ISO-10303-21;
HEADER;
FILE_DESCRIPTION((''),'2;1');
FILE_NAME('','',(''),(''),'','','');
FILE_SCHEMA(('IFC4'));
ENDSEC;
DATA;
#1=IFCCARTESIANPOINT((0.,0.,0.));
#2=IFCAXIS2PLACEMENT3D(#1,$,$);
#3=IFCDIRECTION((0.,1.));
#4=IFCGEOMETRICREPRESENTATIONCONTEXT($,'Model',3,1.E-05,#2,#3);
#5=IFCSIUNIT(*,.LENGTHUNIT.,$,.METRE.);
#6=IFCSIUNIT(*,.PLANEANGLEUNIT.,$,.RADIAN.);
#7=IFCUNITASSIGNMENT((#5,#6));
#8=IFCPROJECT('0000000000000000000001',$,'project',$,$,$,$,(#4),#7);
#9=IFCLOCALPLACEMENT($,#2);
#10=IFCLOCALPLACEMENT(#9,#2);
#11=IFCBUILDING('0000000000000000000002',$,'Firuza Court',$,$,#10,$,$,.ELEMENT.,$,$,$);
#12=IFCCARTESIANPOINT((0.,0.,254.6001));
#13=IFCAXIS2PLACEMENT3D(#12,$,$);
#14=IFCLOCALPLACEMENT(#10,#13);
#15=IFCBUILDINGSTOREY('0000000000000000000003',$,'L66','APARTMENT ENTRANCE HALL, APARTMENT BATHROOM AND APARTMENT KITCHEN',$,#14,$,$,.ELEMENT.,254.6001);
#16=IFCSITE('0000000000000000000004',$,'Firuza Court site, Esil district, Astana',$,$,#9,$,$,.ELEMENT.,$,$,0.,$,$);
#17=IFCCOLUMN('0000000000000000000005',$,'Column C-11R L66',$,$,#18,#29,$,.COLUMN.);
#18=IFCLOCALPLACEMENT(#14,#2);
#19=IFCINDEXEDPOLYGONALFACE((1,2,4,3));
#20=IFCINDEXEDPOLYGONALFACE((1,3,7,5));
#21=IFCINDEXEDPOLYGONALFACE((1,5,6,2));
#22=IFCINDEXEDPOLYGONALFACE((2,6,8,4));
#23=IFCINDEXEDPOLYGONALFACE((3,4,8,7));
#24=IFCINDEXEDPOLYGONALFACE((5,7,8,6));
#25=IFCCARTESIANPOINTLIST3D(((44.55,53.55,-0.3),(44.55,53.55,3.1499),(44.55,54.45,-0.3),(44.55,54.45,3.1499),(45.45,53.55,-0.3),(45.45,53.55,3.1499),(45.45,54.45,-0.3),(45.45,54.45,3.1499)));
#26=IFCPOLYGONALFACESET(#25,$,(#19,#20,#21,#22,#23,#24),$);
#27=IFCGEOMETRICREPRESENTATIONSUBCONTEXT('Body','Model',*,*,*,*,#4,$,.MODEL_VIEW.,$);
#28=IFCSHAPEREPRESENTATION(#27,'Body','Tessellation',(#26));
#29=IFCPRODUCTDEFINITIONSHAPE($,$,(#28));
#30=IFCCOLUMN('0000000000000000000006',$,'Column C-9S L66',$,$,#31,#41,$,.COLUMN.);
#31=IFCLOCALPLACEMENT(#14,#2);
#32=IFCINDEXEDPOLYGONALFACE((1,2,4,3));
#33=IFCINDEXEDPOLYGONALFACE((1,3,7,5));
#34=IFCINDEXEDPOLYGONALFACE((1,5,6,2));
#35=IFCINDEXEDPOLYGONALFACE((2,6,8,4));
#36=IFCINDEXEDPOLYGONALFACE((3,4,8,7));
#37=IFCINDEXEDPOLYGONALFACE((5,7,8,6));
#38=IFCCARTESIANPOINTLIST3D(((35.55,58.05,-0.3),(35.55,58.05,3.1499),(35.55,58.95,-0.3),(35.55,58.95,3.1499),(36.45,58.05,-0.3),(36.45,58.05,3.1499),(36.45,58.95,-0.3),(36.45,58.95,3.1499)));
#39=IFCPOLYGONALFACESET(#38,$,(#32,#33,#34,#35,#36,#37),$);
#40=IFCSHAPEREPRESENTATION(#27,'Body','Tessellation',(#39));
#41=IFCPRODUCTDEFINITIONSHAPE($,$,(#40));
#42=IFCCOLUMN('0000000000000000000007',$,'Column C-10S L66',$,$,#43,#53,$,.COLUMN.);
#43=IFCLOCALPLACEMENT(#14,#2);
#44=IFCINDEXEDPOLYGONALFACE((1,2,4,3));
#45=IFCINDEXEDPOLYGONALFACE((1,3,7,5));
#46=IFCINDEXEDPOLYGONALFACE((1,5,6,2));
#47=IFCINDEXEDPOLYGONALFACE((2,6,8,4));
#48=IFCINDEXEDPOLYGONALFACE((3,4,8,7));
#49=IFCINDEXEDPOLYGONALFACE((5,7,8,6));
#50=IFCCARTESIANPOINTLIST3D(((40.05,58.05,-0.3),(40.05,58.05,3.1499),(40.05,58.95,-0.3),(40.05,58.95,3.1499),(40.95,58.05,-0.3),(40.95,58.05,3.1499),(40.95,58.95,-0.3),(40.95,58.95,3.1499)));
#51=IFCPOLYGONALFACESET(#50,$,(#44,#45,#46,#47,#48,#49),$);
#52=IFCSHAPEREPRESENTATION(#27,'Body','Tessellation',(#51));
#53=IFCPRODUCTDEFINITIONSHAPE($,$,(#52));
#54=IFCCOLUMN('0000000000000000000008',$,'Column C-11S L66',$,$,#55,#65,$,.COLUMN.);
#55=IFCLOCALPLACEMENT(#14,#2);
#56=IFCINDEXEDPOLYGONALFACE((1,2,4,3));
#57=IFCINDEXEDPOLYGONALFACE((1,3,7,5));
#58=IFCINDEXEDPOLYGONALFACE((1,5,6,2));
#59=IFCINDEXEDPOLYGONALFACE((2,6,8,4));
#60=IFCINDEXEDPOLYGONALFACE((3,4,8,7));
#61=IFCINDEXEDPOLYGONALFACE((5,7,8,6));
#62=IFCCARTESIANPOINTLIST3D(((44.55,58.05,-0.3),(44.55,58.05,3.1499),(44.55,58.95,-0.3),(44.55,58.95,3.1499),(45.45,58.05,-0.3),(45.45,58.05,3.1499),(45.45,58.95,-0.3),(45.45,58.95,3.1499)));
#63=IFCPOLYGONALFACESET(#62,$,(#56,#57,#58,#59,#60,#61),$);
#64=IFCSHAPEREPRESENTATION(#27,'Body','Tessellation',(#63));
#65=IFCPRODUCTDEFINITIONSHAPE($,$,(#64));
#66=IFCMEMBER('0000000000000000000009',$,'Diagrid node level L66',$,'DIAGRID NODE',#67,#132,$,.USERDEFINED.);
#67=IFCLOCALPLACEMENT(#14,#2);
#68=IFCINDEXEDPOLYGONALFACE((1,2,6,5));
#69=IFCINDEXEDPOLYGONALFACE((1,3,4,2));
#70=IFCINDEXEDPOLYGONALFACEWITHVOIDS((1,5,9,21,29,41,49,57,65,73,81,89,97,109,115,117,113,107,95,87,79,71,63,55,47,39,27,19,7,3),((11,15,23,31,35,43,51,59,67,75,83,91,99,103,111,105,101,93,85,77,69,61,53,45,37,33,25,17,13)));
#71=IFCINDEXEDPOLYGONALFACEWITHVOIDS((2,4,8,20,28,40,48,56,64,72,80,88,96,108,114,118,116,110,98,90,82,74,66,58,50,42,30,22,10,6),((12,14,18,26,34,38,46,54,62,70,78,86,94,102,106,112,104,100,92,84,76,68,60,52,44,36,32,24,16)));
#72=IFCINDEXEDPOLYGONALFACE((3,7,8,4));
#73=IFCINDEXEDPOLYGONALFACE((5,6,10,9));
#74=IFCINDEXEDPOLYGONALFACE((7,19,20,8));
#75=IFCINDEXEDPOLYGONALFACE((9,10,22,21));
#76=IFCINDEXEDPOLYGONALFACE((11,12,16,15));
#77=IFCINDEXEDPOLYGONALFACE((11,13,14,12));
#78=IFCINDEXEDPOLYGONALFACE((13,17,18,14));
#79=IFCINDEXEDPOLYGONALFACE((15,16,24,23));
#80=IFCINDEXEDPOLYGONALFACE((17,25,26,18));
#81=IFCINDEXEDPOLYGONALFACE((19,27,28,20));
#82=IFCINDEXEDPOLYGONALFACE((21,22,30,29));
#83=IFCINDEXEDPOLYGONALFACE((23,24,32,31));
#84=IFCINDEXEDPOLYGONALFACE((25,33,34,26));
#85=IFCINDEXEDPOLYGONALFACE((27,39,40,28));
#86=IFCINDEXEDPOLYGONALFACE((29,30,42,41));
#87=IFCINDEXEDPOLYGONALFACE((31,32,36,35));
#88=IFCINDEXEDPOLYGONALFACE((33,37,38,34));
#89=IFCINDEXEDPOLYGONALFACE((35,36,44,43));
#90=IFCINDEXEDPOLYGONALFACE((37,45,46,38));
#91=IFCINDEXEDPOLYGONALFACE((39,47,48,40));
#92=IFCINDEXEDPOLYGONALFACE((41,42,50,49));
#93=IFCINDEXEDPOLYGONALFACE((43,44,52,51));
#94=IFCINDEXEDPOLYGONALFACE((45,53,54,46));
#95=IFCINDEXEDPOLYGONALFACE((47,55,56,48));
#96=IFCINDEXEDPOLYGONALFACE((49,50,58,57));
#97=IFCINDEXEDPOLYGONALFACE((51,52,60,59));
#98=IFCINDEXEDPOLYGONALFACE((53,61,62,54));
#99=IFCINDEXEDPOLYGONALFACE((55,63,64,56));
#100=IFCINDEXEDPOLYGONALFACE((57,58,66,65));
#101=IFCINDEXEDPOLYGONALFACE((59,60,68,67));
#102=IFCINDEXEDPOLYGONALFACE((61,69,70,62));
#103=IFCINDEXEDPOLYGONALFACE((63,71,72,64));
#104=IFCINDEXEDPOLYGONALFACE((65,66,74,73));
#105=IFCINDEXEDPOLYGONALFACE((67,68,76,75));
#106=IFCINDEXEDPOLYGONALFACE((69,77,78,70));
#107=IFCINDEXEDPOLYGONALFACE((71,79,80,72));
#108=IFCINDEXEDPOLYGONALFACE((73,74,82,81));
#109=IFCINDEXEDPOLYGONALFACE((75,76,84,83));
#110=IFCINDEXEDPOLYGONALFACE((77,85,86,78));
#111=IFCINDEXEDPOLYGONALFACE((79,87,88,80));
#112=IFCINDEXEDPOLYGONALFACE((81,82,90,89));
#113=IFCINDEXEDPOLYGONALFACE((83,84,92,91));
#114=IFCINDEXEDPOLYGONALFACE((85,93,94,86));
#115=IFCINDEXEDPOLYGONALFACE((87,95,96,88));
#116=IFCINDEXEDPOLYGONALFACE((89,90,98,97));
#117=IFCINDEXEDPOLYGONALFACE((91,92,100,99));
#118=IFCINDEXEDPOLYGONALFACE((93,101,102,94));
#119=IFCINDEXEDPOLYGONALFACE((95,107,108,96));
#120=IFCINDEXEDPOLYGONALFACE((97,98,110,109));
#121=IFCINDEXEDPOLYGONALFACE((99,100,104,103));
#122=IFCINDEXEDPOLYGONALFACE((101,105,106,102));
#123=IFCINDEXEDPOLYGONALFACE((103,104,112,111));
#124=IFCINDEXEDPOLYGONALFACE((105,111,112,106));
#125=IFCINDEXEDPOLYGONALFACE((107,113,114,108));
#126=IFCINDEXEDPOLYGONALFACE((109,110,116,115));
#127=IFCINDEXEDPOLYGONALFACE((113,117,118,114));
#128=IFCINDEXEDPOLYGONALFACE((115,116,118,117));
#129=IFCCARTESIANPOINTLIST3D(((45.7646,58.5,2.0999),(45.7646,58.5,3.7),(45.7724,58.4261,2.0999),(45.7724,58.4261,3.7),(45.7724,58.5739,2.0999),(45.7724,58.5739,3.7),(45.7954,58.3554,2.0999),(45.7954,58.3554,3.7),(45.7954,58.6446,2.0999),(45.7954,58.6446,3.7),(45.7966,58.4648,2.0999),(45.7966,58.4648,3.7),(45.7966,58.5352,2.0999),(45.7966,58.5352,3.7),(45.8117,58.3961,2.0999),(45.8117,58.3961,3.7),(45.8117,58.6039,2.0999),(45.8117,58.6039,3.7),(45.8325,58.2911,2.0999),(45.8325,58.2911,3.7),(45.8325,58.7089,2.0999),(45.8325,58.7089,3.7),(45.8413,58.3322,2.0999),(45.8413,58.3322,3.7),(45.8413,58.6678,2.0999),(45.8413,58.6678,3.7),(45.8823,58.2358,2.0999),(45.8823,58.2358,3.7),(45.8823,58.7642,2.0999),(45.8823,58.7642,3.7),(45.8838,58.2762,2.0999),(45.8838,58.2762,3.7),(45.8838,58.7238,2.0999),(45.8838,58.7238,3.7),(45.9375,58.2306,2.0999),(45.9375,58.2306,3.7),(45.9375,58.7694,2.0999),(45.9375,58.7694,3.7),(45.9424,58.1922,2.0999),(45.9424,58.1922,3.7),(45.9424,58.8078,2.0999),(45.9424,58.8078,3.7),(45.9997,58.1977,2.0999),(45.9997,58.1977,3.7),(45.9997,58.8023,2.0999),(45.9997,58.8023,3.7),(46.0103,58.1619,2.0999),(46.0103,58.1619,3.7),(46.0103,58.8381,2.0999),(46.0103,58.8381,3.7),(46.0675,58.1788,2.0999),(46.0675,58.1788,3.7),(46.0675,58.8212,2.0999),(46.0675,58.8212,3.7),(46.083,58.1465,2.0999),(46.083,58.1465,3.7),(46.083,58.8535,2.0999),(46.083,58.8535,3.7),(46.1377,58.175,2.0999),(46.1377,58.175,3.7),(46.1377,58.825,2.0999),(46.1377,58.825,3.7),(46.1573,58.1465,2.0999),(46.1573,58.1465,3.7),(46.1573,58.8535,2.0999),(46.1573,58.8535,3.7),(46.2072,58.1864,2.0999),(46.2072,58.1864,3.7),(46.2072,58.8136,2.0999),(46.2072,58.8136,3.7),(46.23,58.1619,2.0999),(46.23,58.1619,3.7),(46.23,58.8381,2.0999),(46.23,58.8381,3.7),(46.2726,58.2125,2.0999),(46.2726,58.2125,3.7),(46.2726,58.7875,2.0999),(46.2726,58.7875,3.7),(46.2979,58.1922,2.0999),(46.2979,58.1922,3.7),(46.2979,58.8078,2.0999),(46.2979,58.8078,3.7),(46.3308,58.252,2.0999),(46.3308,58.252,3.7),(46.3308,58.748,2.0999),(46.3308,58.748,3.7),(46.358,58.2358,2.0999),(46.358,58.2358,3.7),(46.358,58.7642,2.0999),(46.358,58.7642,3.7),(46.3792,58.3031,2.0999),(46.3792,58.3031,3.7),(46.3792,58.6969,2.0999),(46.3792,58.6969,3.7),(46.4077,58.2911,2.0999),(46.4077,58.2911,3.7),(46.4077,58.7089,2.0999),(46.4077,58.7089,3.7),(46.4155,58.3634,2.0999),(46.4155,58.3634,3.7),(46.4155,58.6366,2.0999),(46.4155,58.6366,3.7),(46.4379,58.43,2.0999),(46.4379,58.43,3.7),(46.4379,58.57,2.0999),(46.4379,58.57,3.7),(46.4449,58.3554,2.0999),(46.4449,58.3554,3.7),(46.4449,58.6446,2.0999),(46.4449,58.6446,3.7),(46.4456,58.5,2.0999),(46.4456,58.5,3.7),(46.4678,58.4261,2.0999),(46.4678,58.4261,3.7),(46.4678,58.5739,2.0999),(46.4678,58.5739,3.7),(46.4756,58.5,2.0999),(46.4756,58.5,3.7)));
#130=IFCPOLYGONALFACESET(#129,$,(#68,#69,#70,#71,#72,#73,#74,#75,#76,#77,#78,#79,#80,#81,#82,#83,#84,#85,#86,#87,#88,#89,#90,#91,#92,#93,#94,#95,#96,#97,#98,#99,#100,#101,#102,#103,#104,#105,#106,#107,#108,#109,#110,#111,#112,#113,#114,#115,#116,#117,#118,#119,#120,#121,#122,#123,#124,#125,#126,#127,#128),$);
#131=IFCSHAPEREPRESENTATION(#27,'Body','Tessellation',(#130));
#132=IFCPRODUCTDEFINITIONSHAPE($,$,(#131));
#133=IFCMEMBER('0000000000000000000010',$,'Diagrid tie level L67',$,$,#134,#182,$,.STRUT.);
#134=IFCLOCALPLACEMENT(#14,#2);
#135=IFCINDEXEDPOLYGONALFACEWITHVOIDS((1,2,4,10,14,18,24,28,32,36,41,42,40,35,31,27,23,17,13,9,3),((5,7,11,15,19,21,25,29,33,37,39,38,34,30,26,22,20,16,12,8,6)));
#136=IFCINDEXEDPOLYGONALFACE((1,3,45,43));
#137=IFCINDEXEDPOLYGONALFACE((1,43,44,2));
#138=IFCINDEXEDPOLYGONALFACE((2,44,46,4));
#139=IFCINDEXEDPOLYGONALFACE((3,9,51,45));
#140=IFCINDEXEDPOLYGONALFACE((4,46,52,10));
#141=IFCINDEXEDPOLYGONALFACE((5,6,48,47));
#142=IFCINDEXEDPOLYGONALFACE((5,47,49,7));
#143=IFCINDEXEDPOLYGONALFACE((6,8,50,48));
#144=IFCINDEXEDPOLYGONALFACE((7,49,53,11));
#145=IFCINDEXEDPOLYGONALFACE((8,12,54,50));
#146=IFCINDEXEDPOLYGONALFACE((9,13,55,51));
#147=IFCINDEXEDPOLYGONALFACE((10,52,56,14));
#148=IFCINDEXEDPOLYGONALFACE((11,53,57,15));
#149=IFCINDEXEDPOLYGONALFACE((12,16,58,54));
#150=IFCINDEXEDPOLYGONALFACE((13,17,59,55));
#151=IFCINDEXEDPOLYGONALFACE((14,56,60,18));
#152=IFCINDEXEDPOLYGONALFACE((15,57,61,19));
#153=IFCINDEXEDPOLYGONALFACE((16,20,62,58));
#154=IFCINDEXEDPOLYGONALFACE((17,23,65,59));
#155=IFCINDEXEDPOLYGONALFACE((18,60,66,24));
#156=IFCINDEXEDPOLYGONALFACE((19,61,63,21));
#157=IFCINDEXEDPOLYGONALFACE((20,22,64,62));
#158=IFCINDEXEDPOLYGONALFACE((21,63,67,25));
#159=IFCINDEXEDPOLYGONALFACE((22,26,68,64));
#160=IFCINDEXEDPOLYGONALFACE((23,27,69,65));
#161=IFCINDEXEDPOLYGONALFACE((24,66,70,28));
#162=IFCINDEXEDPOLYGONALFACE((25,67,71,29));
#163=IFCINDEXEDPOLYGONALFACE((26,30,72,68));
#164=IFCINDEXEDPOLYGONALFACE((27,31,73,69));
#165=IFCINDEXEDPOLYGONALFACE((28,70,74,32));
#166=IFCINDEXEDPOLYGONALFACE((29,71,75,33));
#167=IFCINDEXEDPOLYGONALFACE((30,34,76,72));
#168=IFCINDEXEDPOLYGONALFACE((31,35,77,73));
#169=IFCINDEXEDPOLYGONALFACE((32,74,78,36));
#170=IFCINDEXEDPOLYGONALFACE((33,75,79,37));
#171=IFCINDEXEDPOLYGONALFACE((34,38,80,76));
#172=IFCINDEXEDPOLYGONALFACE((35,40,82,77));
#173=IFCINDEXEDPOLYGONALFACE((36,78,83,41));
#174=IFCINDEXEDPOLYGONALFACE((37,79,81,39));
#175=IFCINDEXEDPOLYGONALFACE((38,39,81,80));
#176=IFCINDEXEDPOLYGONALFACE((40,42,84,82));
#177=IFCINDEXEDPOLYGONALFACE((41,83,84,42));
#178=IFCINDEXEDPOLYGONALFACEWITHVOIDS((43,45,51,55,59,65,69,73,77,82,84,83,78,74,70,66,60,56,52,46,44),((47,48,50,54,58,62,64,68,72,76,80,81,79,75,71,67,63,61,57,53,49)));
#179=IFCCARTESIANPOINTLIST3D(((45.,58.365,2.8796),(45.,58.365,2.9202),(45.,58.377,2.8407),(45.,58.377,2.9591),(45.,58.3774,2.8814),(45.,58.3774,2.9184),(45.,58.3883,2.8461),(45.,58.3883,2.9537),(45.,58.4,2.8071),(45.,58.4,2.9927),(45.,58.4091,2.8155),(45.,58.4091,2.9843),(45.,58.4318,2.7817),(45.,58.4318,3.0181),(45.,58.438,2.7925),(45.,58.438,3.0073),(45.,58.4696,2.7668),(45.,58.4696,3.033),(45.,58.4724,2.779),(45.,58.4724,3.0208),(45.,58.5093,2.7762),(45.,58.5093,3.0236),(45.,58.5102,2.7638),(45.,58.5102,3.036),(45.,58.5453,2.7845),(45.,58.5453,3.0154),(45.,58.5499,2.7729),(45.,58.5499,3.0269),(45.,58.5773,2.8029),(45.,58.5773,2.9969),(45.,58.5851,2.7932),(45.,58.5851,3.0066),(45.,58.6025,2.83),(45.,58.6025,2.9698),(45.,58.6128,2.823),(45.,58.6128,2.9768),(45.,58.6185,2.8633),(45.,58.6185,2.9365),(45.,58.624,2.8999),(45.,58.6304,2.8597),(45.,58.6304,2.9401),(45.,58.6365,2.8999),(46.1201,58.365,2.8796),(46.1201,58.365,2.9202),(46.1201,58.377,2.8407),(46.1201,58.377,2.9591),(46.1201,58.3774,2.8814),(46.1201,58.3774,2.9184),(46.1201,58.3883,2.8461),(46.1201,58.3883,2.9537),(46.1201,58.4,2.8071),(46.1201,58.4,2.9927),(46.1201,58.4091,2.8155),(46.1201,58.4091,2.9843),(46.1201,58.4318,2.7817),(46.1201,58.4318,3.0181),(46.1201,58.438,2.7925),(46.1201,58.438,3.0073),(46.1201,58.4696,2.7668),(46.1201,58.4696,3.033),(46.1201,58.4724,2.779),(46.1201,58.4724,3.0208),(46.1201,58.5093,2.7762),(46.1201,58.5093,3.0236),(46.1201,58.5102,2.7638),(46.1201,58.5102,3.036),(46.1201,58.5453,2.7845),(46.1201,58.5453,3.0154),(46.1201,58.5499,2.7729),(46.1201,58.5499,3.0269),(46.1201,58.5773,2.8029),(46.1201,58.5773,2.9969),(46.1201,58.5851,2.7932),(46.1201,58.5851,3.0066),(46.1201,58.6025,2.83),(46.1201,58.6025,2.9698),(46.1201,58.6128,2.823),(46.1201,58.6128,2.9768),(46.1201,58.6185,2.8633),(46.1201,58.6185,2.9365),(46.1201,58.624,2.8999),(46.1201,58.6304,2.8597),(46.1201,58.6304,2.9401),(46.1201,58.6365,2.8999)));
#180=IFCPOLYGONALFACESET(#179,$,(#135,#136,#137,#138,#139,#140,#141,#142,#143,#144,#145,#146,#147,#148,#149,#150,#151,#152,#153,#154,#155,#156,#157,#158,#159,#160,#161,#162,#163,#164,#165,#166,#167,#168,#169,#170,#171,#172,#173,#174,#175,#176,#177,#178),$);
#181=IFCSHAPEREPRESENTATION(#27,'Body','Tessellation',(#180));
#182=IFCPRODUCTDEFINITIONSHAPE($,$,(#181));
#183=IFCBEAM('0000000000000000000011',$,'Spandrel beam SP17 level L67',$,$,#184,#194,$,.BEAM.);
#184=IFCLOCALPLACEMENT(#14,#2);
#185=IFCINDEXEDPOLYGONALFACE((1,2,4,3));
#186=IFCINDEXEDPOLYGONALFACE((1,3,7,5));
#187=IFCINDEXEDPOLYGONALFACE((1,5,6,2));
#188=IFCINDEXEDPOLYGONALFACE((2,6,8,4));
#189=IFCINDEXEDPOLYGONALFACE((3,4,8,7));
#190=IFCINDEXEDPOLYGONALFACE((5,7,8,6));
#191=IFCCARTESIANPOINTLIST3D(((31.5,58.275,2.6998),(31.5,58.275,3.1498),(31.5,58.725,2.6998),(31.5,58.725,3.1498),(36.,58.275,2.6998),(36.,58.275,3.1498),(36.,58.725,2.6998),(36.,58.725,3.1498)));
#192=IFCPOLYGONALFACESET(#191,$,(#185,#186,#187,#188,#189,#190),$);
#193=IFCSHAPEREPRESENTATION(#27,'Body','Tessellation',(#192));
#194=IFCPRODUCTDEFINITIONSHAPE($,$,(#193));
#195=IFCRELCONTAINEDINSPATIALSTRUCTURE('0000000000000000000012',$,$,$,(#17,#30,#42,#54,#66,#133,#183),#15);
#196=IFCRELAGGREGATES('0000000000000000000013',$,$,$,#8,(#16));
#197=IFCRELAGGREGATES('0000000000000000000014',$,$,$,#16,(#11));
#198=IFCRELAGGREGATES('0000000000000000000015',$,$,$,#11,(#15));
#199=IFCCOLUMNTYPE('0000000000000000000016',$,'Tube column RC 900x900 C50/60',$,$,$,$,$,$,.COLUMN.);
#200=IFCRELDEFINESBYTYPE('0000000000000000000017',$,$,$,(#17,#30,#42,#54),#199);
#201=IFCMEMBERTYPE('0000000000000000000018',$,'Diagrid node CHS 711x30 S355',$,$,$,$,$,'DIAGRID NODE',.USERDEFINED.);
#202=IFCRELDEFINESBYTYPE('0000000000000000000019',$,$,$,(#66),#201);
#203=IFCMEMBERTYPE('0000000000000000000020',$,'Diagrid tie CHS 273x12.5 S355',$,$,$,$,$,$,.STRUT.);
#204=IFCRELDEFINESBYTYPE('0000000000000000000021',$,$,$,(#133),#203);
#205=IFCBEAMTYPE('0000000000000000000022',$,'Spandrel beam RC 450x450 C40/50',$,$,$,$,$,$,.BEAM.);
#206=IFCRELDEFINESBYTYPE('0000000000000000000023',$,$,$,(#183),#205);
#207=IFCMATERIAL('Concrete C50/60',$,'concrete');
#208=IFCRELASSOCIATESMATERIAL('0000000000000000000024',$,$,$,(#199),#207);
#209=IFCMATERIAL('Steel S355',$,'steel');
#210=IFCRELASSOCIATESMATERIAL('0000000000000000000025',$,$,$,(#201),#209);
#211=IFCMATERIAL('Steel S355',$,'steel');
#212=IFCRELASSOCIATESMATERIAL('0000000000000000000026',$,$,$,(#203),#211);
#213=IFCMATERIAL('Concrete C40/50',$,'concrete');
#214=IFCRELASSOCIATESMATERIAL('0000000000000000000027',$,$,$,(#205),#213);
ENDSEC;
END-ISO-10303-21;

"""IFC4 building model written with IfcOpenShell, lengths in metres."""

from ifc_helpers import new_model, si_unit, direction, frame, origin, origin_2d, place, context, subcontext, project, spatial, rectangle, hollow_circle, extrude, material, material_profile, profile_set, type_object, element, save


model = new_model("IFC4")

# Units and contexts
model_context = context("Model", 3, precision=1e-05, world=origin(), true_north=direction((0.0, 1.0)))
body_context = subcontext(model_context, "Body", "Model", "MODEL_VIEW")
ifc_project = project(units=[si_unit("LENGTHUNIT", "METRE"), si_unit("PLANEANGLEUNIT", "RADIAN")], contexts=[model_context])

# Site, building, storey
site_placement = place(None, origin())
site = spatial("IfcSite", under=ifc_project, at=site_placement, Name="Firuza Court site, Esil district, Astana", CompositionType="ELEMENT", RefElevation=0.0)
building_placement = place(site_placement, origin())
building = spatial("IfcBuilding", under=site, at=building_placement, Name="Firuza Court", CompositionType="ELEMENT")
storey_placement = place(building_placement, frame((0.0, 0.0, 254.6001)))
storey = spatial("IfcBuildingStorey", under=building, at=storey_placement, Name="L66", Description="APARTMENT ENTRANCE HALL, APARTMENT BATHROOM AND APARTMENT KITCHEN", CompositionType="ELEMENT", Elevation=254.6001)

# Columns
ifc_material_1 = material(Name="Concrete C50/60", Category="concrete")
ifc_material_profile_1 = material_profile(ifc_material_1, rectangle(XDim=0.8999, YDim=0.8999, at=origin_2d()), Name="RC 900x900")
ifc_profile_set_1 = profile_set([ifc_material_profile_1], Name="Concrete C50/60")
column_type = type_object("IfcColumnType", Name="Tube column RC 900x900 C50/60", PredefinedType="COLUMN", material=ifc_profile_set_1)
for number, where, z_axis, x_axis, name in (
    (1, (45.0, 54.0, -0.3), (0.0, 0.0, 1.0), (1.0, 0.0, 0.0), "Column C-11R L66"),
    (2, (36.0, 58.5, -0.3), (0.0, 0.0, 1.0), (1.0, 0.0, 0.0), "Column C-9S L66"),
    (3, (40.5, 58.5, -0.3), (0.0, 0.0, 1.0), (1.0, 0.0, 0.0), "Column C-10S L66"),
    (4, (45.0, 58.5, -0.3), (0.0, 0.0, 1.0), (1.0, 0.0, 0.0), "Column C-11S L66"),
):
    element("IfcColumn", number, at=place(storey_placement, frame(where, z_axis=z_axis, x_axis=x_axis)), inside=storey, type_object=column_type, Name=name, PredefinedType="COLUMN", context=body_context, shape_type="SweptSolid", body=[
        extrude(rectangle(XDim=0.8999, YDim=0.8999, at=origin_2d()), origin(), (0.0, 0.0, 1.0), 3.45),
    ])

# Members
ifc_material_2 = material(Name="Steel S355", Category="steel")
ifc_material_profile_2 = material_profile(ifc_material_2, hollow_circle(Radius=0.3555, WallThickness=0.03, at=origin_2d()), Name="CHS 711x30")
ifc_profile_set_2 = profile_set([ifc_material_profile_2], Name="Steel S355")
member_type_1 = type_object("IfcMemberType", Name="Diagrid node CHS 711x30 S355", ElementType="DIAGRID NODE", PredefinedType="USERDEFINED", material=ifc_profile_set_2)
member_1_placement = place(storey_placement, frame((46.1201, 58.5, 2.0999), z_axis=(0.0, 0.0, 1.0), x_axis=(1.0, 0.0, 0.0)))
element("IfcMember", 5, at=member_1_placement, inside=storey, type_object=member_type_1, Name="Diagrid node level L66", ObjectType="DIAGRID NODE", PredefinedType="USERDEFINED", context=body_context, shape_type="SweptSolid", body=[
    extrude(hollow_circle(Radius=0.3555, WallThickness=0.03, at=origin_2d()), origin(), (0.0, 0.0, 1.0), 1.6001),
])
ifc_material_3 = material(Name="Steel S355", Category="steel")
ifc_material_profile_3 = material_profile(ifc_material_3, hollow_circle(Radius=0.1365, WallThickness=0.0125, at=origin_2d()), Name="CHS 273x12.5")
ifc_profile_set_3 = profile_set([ifc_material_profile_3], Name="Steel S355")
member_type_2 = type_object("IfcMemberType", Name="Diagrid tie CHS 273x12.5 S355", PredefinedType="STRUT", material=ifc_profile_set_3)
member_2_placement = place(storey_placement, frame((45.0, 58.5, 2.8999), z_axis=(1.0, 0.0, 0.0), x_axis=(0.0, 1.0, 0.0)))
element("IfcMember", 6, at=member_2_placement, inside=storey, type_object=member_type_2, Name="Diagrid tie level L67", PredefinedType="STRUT", context=body_context, shape_type="SweptSolid", body=[
    extrude(hollow_circle(Radius=0.1365, WallThickness=0.0125, at=origin_2d()), origin(), (0.0, 0.0, 1.0), 1.1201),
])

# Beam
ifc_material_4 = material(Name="Concrete C40/50", Category="concrete")
ifc_material_profile_4 = material_profile(ifc_material_4, rectangle(XDim=0.45, YDim=0.45, at=origin_2d()), Name="RC 450x450")
ifc_profile_set_4 = profile_set([ifc_material_profile_4], Name="Concrete C40/50")
beam_type = type_object("IfcBeamType", Name="Spandrel beam RC 450x450 C40/50", PredefinedType="BEAM", material=ifc_profile_set_4)
for number, where, z_axis, x_axis, name in (
    (7, (36.0, 58.5, 2.9248), (-1.0, 0.0, 0.0), (0.0, -1.0, 0.0), "Spandrel beam SP17 level L67"),
):
    element("IfcBeam", number, at=place(storey_placement, frame(where, z_axis=z_axis, x_axis=x_axis)), inside=storey, type_object=beam_type, Name=name, PredefinedType="BEAM", context=body_context, shape_type="SweptSolid", body=[
        extrude(rectangle(XDim=0.45, YDim=0.45, at=origin_2d()), origin(), (0.0, 0.0, 1.0), 4.5),
    ])

save(model, "model.ifc")
